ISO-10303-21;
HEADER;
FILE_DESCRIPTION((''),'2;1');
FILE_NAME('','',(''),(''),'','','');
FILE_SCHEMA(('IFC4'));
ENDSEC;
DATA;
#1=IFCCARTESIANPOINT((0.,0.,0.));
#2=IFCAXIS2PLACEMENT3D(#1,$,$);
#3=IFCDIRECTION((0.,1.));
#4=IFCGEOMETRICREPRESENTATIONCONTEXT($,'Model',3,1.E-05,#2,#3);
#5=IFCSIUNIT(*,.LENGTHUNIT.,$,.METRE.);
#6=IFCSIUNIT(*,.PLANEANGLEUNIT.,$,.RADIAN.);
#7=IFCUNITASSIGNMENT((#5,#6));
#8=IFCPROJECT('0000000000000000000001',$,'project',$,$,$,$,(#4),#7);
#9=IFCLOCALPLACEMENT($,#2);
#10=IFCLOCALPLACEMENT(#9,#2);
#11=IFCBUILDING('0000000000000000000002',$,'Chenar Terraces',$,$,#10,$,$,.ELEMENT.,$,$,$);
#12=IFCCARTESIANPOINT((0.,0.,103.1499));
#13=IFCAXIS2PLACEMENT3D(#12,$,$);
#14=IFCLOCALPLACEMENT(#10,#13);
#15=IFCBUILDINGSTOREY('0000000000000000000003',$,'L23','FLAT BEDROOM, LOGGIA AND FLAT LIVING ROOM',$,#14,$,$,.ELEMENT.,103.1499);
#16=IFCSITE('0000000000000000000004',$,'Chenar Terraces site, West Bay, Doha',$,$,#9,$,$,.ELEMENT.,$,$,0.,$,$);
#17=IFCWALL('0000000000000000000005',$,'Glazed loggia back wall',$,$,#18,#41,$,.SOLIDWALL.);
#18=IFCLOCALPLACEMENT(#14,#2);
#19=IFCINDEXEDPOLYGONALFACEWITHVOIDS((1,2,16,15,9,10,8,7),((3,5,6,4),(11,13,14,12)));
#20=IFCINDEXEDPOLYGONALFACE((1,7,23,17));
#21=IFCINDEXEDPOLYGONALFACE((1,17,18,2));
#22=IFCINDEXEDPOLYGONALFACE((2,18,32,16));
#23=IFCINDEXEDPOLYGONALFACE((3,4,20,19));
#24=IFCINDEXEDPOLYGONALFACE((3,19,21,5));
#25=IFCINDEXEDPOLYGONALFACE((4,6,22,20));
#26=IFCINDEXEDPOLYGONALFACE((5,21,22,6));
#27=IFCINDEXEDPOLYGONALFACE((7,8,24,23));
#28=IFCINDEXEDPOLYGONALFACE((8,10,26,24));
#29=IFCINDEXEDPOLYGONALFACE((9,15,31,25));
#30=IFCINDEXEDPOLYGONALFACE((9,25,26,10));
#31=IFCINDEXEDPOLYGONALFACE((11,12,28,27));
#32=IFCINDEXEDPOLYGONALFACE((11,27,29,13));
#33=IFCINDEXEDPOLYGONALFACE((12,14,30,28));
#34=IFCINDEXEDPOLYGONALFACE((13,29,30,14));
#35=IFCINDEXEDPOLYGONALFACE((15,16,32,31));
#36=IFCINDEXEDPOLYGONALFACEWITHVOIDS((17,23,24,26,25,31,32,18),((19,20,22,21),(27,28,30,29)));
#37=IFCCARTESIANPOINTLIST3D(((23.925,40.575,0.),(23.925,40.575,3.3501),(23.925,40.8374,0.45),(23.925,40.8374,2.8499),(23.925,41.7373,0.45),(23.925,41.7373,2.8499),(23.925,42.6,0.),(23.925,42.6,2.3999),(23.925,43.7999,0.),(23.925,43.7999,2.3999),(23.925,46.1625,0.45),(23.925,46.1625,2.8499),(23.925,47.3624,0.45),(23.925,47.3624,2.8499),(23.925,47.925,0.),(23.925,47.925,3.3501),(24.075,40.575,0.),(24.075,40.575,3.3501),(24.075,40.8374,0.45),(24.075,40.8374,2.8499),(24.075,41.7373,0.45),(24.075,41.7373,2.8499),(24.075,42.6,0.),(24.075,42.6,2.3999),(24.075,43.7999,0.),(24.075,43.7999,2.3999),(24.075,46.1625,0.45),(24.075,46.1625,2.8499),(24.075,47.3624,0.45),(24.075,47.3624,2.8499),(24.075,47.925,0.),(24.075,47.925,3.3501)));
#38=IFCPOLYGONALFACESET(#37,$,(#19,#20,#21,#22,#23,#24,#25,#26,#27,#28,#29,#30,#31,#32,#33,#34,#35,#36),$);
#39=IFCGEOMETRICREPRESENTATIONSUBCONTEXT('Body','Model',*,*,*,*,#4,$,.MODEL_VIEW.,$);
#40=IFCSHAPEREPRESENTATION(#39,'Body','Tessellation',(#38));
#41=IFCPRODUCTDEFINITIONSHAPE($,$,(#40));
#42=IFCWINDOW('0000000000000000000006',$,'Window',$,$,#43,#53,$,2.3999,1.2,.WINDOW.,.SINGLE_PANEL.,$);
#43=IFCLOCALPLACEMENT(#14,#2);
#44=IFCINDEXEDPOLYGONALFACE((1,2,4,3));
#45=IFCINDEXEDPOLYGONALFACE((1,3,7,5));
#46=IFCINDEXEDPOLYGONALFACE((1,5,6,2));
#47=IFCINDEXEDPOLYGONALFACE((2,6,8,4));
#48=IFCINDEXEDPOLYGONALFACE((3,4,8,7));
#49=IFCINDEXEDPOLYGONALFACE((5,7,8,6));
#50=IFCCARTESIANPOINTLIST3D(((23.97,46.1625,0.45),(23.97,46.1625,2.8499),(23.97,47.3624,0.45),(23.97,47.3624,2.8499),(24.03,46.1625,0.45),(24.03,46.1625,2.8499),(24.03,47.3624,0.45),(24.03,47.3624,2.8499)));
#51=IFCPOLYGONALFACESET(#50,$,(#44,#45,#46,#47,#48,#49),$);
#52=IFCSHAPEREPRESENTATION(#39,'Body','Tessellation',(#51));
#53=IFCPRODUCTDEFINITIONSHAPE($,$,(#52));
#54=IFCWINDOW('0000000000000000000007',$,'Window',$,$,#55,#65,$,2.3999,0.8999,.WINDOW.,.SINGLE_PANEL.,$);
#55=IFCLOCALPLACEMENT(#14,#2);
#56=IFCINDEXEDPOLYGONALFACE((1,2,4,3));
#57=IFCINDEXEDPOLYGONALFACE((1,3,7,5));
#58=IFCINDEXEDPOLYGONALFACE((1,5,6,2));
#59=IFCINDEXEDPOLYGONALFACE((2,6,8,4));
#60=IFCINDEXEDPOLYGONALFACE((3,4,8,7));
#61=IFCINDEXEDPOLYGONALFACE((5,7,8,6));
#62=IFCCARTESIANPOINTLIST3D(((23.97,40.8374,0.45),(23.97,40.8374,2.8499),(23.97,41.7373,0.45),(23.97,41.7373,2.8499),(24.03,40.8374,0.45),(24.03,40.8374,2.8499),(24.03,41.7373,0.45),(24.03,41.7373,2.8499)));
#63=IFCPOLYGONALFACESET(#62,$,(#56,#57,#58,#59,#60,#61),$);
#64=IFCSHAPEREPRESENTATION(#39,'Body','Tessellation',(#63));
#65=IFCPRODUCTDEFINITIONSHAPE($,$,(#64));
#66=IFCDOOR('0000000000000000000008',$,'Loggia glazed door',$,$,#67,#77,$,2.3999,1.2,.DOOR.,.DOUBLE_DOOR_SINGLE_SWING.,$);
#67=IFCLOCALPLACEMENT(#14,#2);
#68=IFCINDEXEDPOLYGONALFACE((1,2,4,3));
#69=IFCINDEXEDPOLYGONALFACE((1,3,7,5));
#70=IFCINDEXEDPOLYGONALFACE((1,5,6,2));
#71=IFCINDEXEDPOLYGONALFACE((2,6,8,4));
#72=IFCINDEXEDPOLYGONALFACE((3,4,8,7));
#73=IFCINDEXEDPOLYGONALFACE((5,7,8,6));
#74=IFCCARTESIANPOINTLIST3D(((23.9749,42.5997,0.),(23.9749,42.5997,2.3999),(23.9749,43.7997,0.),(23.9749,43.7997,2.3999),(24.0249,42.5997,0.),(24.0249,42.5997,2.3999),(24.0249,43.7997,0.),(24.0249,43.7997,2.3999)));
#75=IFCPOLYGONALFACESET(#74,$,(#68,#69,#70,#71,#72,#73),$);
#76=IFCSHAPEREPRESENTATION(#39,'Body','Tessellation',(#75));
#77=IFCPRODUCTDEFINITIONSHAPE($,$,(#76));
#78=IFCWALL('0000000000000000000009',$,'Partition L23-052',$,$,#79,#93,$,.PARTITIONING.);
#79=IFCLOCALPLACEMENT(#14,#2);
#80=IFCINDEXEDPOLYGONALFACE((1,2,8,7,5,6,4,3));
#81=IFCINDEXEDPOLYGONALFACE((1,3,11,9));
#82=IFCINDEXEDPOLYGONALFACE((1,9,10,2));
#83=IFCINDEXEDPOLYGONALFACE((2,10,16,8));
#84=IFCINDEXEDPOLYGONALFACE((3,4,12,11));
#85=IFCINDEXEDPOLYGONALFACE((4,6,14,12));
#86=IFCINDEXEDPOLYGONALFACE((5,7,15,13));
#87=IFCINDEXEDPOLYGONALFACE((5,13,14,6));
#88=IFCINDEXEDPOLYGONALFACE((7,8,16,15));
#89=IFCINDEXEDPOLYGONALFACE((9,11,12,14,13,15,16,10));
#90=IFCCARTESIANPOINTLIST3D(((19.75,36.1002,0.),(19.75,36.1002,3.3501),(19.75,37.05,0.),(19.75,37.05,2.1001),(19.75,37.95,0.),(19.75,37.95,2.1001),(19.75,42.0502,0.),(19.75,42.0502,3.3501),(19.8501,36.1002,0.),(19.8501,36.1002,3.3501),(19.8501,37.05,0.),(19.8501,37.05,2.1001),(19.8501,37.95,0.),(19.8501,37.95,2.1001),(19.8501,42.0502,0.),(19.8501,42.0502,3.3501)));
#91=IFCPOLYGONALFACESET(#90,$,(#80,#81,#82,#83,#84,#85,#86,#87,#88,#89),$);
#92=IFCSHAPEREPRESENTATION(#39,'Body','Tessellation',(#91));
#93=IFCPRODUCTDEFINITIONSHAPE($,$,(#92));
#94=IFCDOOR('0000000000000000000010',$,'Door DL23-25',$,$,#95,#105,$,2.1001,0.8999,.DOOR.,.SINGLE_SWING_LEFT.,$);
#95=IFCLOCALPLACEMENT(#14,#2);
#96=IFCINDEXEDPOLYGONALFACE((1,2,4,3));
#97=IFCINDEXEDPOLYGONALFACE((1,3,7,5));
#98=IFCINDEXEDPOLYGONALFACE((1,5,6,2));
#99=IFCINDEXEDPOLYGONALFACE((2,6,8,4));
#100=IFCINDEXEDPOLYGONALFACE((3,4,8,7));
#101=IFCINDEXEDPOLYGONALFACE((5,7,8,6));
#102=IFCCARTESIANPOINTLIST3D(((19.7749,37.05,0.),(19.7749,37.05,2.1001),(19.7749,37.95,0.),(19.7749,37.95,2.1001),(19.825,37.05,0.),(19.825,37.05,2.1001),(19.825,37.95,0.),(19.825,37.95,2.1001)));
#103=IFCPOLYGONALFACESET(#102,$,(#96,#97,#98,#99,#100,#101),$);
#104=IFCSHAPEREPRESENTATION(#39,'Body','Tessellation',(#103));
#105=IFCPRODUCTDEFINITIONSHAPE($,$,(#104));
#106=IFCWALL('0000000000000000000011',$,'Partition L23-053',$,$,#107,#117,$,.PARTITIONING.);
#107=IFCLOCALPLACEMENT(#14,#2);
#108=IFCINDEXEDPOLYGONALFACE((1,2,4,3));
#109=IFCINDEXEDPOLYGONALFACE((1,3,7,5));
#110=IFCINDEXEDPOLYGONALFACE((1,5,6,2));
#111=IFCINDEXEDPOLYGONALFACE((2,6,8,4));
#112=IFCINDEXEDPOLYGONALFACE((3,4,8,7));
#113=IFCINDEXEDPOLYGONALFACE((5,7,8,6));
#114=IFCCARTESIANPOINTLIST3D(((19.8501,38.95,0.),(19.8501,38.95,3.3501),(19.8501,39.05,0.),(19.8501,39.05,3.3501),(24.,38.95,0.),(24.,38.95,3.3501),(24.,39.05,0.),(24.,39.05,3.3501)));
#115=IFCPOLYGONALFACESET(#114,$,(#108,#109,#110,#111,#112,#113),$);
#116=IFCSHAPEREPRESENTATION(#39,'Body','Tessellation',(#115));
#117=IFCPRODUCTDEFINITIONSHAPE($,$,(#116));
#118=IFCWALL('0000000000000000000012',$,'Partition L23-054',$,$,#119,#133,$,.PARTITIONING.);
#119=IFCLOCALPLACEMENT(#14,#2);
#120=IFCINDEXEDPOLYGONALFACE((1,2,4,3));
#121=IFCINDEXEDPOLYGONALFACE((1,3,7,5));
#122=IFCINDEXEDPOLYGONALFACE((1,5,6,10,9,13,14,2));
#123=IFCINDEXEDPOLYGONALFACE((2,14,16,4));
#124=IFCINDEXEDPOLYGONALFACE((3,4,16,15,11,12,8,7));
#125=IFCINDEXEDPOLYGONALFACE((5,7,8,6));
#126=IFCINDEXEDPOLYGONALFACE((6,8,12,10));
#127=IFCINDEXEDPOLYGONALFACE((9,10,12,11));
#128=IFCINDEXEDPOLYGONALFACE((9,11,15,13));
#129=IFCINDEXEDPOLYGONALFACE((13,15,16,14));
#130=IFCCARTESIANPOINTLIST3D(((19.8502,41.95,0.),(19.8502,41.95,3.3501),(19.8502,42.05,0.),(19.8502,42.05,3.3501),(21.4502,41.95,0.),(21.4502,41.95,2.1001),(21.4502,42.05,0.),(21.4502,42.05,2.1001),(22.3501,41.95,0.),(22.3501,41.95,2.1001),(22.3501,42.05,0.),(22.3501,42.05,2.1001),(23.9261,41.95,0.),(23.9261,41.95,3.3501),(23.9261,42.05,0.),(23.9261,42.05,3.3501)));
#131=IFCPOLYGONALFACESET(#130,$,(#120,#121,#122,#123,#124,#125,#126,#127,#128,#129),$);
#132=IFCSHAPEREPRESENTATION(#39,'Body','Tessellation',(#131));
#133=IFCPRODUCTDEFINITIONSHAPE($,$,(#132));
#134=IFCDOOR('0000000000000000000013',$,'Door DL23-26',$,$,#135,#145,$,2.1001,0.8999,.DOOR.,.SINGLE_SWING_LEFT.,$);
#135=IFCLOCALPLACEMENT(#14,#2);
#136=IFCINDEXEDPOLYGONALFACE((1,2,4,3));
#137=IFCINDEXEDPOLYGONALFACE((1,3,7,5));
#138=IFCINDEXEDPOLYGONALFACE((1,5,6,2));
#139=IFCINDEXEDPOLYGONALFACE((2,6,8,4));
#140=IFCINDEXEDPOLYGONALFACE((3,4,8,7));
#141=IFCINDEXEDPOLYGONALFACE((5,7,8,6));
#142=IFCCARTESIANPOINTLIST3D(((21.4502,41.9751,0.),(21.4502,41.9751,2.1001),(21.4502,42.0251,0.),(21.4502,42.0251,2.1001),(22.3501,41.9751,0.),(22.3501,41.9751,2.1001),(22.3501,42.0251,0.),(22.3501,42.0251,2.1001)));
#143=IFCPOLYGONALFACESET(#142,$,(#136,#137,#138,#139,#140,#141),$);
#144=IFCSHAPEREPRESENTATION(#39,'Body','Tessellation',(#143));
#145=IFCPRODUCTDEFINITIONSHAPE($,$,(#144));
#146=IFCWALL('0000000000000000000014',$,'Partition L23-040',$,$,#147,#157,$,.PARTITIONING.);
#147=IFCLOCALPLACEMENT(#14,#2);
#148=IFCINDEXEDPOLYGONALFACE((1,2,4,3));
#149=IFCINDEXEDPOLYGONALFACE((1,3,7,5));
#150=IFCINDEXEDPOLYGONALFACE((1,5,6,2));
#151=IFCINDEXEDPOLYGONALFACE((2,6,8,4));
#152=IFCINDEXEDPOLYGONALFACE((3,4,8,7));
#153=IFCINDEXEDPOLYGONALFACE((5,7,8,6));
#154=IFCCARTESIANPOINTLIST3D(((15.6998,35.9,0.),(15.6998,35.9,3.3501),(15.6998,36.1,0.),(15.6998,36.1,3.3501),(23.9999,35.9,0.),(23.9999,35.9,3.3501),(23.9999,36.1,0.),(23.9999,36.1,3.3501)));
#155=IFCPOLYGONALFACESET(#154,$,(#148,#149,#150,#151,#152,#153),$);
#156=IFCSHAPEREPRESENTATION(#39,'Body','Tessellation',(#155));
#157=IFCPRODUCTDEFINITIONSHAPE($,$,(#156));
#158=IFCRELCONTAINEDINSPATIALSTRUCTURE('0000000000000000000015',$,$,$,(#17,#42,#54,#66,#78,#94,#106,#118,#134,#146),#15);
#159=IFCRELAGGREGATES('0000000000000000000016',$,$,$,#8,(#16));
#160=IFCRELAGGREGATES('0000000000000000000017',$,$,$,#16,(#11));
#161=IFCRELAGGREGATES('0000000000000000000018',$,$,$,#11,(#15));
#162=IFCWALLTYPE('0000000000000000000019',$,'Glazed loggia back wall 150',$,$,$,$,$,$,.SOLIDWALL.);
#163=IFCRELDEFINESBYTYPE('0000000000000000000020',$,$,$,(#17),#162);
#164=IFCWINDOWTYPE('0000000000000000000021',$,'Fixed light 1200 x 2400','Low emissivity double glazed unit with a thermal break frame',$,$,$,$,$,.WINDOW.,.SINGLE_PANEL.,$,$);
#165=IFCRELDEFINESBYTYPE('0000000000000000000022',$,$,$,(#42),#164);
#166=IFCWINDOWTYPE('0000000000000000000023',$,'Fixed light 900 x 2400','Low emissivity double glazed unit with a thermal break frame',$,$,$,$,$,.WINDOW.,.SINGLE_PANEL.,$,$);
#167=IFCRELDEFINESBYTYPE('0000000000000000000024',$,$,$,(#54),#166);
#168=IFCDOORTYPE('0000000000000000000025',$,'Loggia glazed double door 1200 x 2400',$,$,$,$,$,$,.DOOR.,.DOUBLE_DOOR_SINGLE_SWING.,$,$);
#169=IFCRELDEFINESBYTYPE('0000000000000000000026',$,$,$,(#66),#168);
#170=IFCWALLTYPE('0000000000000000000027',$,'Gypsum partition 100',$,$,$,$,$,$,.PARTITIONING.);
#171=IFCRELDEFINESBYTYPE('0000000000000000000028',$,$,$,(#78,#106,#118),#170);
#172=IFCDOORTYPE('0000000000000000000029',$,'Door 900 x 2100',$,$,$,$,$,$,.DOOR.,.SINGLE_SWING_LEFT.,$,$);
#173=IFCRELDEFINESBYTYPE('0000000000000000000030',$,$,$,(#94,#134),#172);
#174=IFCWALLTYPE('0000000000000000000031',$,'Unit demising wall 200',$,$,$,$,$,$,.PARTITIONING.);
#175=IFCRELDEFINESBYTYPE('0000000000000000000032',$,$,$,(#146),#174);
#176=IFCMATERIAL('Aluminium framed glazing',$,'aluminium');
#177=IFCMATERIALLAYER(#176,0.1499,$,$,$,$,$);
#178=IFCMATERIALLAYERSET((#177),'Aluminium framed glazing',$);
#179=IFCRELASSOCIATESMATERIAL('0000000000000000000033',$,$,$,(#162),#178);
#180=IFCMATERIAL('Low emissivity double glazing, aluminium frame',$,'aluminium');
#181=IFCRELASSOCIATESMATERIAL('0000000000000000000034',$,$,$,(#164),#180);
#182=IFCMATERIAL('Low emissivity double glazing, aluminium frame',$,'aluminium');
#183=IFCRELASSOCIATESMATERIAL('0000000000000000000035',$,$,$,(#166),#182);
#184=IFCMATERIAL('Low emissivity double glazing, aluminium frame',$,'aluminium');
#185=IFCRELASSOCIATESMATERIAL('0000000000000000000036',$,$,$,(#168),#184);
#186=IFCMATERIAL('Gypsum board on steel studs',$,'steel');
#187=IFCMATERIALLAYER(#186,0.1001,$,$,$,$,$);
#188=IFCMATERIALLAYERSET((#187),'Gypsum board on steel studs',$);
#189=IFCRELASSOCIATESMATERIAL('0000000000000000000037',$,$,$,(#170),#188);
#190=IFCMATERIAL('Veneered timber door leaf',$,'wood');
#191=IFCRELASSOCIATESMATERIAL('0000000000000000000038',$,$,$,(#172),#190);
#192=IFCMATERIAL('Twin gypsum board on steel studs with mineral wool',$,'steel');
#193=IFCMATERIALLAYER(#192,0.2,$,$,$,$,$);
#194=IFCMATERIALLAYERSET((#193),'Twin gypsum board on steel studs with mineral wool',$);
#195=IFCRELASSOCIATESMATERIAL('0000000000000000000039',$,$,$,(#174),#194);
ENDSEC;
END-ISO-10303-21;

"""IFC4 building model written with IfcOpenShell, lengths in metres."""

from ifc_helpers import new_model, si_unit, direction, frame, frame_2d, origin, place, context, subcontext, project, spatial, rectangle, extrude, material, layer, layer_set, type_object, element, fill, save


model = new_model("IFC4")

# Units and contexts
model_context = context("Model", 3, precision=1e-05, world=origin(), true_north=direction((0.0, 1.0)))
body_context = subcontext(model_context, "Body", "Model", "MODEL_VIEW")
ifc_project = project(units=[si_unit("LENGTHUNIT", "METRE"), si_unit("PLANEANGLEUNIT", "RADIAN")], contexts=[model_context])

# Site, building, storey
site_placement = place(None, origin())
site = spatial("IfcSite", under=ifc_project, at=site_placement, Name="Chenar Terraces site, West Bay, Doha", CompositionType="ELEMENT", RefElevation=0.0)
building_placement = place(site_placement, origin())
building = spatial("IfcBuilding", under=site, at=building_placement, Name="Chenar Terraces", CompositionType="ELEMENT")
storey_placement = place(building_placement, frame((0.0, 0.0, 103.1499)))
storey = spatial("IfcBuildingStorey", under=building, at=storey_placement, Name="L23", Description="FLAT BEDROOM, LOGGIA AND FLAT LIVING ROOM", CompositionType="ELEMENT", Elevation=103.1499)

# Wall, openings, windows, door
ifc_material_1 = material(Name="Aluminium framed glazing", Category="aluminium")
ifc_layer_1 = layer(ifc_material_1, 0.1499)
ifc_layer_set_1 = layer_set([ifc_layer_1], Name="Aluminium framed glazing")
wall_type_1 = type_object("IfcWallType", Name="Glazed loggia back wall 150", PredefinedType="SOLIDWALL", material=ifc_layer_set_1)
wall_1_placement = place(storey_placement, frame((24.0, 40.575, 0.0), z_axis=(0.0, 0.0, 1.0), x_axis=(0.0, 1.0, 0.0)))
wall_1 = element("IfcWall", 1, at=wall_1_placement, inside=storey, type_object=wall_type_1, Name="Glazed loggia back wall", PredefinedType="SOLIDWALL", context=body_context, shape_type="SweptSolid", body=[
    extrude(rectangle(XDim=7.3501, YDim=0.1499, at=frame_2d((3.675, 0.0))), origin(), (0.0, 0.0, 1.0), 3.3501),
])
opening_1_placement = place(wall_1_placement, frame((0.2625, 0.0, 0.45)))
opening_1 = element("IfcOpeningElement", 2, at=opening_1_placement, cuts=wall_1, PredefinedType="OPENING", context=body_context, shape_type="SweptSolid", body=[
    extrude(rectangle(XDim=0.8999, YDim=2.3999, at=frame_2d((0.45, 1.2))), frame((0.0, 0.085, 0.0), z_axis=(0.0, -1.0, 0.0), x_axis=(1.0, 0.0, 0.0)), (0.0, 0.0, 1.0), 0.1699),
])
opening_2_placement = place(wall_1_placement, frame((2.0249, 0.0, 0.0)))
opening_2 = element("IfcOpeningElement", 3, at=opening_2_placement, cuts=wall_1, PredefinedType="OPENING", context=body_context, shape_type="SweptSolid", body=[
    extrude(rectangle(XDim=1.2, YDim=2.3999, at=frame_2d((0.6001, 1.2))), frame((0.0, 0.085, 0.0), z_axis=(0.0, -1.0, 0.0), x_axis=(1.0, 0.0, 0.0)), (0.0, 0.0, 1.0), 0.1699),
])
opening_3_placement = place(wall_1_placement, frame((5.5874, 0.0, 0.45)))
opening_3 = element("IfcOpeningElement", 4, at=opening_3_placement, cuts=wall_1, PredefinedType="OPENING", context=body_context, shape_type="SweptSolid", body=[
    extrude(rectangle(XDim=1.2, YDim=2.3999, at=frame_2d((0.6001, 1.2))), frame((0.0, 0.085, 0.0), z_axis=(0.0, -1.0, 0.0), x_axis=(1.0, 0.0, 0.0)), (0.0, 0.0, 1.0), 0.1699),
])
ifc_material_2 = material(Name="Low emissivity double glazing, aluminium frame", Category="aluminium")
window_type_1 = type_object("IfcWindowType", Name="Fixed light 1200 x 2400", Description="Low emissivity double glazed unit with a thermal break frame", PartitioningType="SINGLE_PANEL", PredefinedType="WINDOW", material=ifc_material_2)
window_1_placement = place(opening_3_placement, origin())
window_1 = element("IfcWindow", 5, at=window_1_placement, inside=storey, type_object=window_type_1, Name="Window", OverallHeight=2.3999, OverallWidth=1.2, PartitioningType="SINGLE_PANEL", PredefinedType="WINDOW", context=body_context, shape_type="SweptSolid", body=[
    extrude(rectangle(XDim=1.2, YDim=2.3999, at=frame_2d((0.6001, 1.2))), frame((0.0, 0.03, 0.0), z_axis=(0.0, -1.0, 0.0), x_axis=(1.0, 0.0, 0.0)), (0.0, 0.0, 1.0), 0.0601),
])
fill(opening_3, window_1)
ifc_material_3 = material(Name="Low emissivity double glazing, aluminium frame", Category="aluminium")
window_type_2 = type_object("IfcWindowType", Name="Fixed light 900 x 2400", Description="Low emissivity double glazed unit with a thermal break frame", PartitioningType="SINGLE_PANEL", PredefinedType="WINDOW", material=ifc_material_3)
window_2_placement = place(opening_1_placement, origin())
window_2 = element("IfcWindow", 6, at=window_2_placement, inside=storey, type_object=window_type_2, Name="Window", OverallHeight=2.3999, OverallWidth=0.8999, PartitioningType="SINGLE_PANEL", PredefinedType="WINDOW", context=body_context, shape_type="SweptSolid", body=[
    extrude(rectangle(XDim=0.8999, YDim=2.3999, at=frame_2d((0.45, 1.2))), frame((0.0, 0.03, 0.0), z_axis=(0.0, -1.0, 0.0), x_axis=(1.0, 0.0, 0.0)), (0.0, 0.0, 1.0), 0.0601),
])
fill(opening_1, window_2)
ifc_material_4 = material(Name="Low emissivity double glazing, aluminium frame", Category="aluminium")
door_type_1 = type_object("IfcDoorType", Name="Loggia glazed double door 1200 x 2400", OperationType="DOUBLE_DOOR_SINGLE_SWING", PredefinedType="DOOR", material=ifc_material_4)
door_1_placement = place(opening_2_placement, frame((1.2, 0.0, 0.0), z_axis=(0.0, 0.0, 1.0), x_axis=(-1.0, 0.0, 0.0)))
door_1 = element("IfcDoor", 7, at=door_1_placement, inside=storey, type_object=door_type_1, Name="Loggia glazed door", OperationType="DOUBLE_DOOR_SINGLE_SWING", OverallHeight=2.3999, OverallWidth=1.2, PredefinedType="DOOR", context=body_context, shape_type="SweptSolid", body=[
    extrude(rectangle(XDim=1.2, YDim=2.3999, at=frame_2d((0.6001, 1.2))), frame((0.0, 0.0249, 0.0), z_axis=(0.0, -1.0, 0.0), x_axis=(1.0, 0.0, 0.0)), (0.0, 0.0, 1.0), 0.05),
])
fill(opening_2, door_1)

# Wall, opening, door
ifc_material_5 = material(Name="Gypsum board on steel studs", Category="steel")
ifc_layer_2 = layer(ifc_material_5, 0.1001)
ifc_layer_set_2 = layer_set([ifc_layer_2], Name="Gypsum board on steel studs")
wall_type_2 = type_object("IfcWallType", Name="Gypsum partition 100", PredefinedType="PARTITIONING", material=ifc_layer_set_2)
wall_2_placement = place(storey_placement, frame((19.8, 36.1001, 0.0), z_axis=(0.0, 0.0, 1.0), x_axis=(0.0, 1.0, 0.0)))
wall_2 = element("IfcWall", 8, at=wall_2_placement, inside=storey, type_object=wall_type_2, Name="Partition L23-052", PredefinedType="PARTITIONING", context=body_context, shape_type="SweptSolid", body=[
    extrude(rectangle(XDim=5.95, YDim=0.1001, at=frame_2d((2.9751, 0.0))), origin(), (0.0, 0.0, 1.0), 3.3501),
])
opening_4_placement = place(wall_2_placement, frame((0.95, 0.0, 0.0)))
opening_4 = element("IfcOpeningElement", 9, at=opening_4_placement, cuts=wall_2, PredefinedType="OPENING", context=body_context, shape_type="SweptSolid", body=[
    extrude(rectangle(XDim=0.8999, YDim=2.1001, at=frame_2d((0.45, 1.05))), frame((0.0, 0.0601, 0.0), z_axis=(0.0, -1.0, 0.0), x_axis=(1.0, 0.0, 0.0)), (0.0, 0.0, 1.0), 0.1201),
])
ifc_material_6 = material(Name="Veneered timber door leaf", Category="wood")
door_type_2 = type_object("IfcDoorType", Name="Door 900 x 2100", OperationType="SINGLE_SWING_LEFT", PredefinedType="DOOR", material=ifc_material_6)
door_2_placement = place(opening_4_placement, frame((0.8999, 0.0, 0.0), z_axis=(0.0, 0.0, 1.0), x_axis=(-1.0, 0.0, 0.0)))
door_2 = element("IfcDoor", 10, at=door_2_placement, inside=storey, type_object=door_type_2, Name="Door DL23-25", OperationType="SINGLE_SWING_LEFT", OverallHeight=2.1001, OverallWidth=0.8999, PredefinedType="DOOR", context=body_context, shape_type="SweptSolid", body=[
    extrude(rectangle(XDim=0.8999, YDim=2.1001, at=frame_2d((0.45, 1.05))), frame((0.0, 0.0249, 0.0), z_axis=(0.0, -1.0, 0.0), x_axis=(1.0, 0.0, 0.0)), (0.0, 0.0, 1.0), 0.05),
])
fill(opening_4, door_2)

# Wall
wall_3_placement = place(storey_placement, frame((19.8501, 39.0, 0.0), z_axis=(0.0, 0.0, 1.0), x_axis=(1.0, 0.0, 0.0)))
element("IfcWall", 11, at=wall_3_placement, inside=storey, type_object=wall_type_2, Name="Partition L23-053", PredefinedType="PARTITIONING", context=body_context, shape_type="SweptSolid", body=[
    extrude(rectangle(XDim=4.1499, YDim=0.1001, at=frame_2d((2.075, 0.0))), origin(), (0.0, 0.0, 1.0), 3.3501),
])

# Wall, opening, door
wall_4_placement = place(storey_placement, frame((19.8501, 42.0, 0.0), z_axis=(0.0, 0.0, 1.0), x_axis=(1.0, 0.0, 0.0)))
wall_4 = element("IfcWall", 12, at=wall_4_placement, inside=storey, type_object=wall_type_2, Name="Partition L23-054", PredefinedType="PARTITIONING", context=body_context, shape_type="SweptSolid", body=[
    extrude(rectangle(XDim=4.0759, YDim=0.1001, at=frame_2d((2.0381, 0.0))), origin(), (0.0, 0.0, 1.0), 3.3501),
])
opening_5_placement = place(wall_4_placement, frame((1.6001, 0.0, 0.0)))
opening_5 = element("IfcOpeningElement", 13, at=opening_5_placement, cuts=wall_4, PredefinedType="OPENING", context=body_context, shape_type="SweptSolid", body=[
    extrude(rectangle(XDim=0.8999, YDim=2.1001, at=frame_2d((0.45, 1.05))), frame((0.0, 0.0601, 0.0), z_axis=(0.0, -1.0, 0.0), x_axis=(1.0, 0.0, 0.0)), (0.0, 0.0, 1.0), 0.1201),
])
door_3_placement = place(opening_5_placement, frame((0.8999, 0.0, 0.0), z_axis=(0.0, 0.0, 1.0), x_axis=(-1.0, 0.0, 0.0)))
door_3 = element("IfcDoor", 14, at=door_3_placement, inside=storey, type_object=door_type_2, Name="Door DL23-26", OperationType="SINGLE_SWING_LEFT", OverallHeight=2.1001, OverallWidth=0.8999, PredefinedType="DOOR", context=body_context, shape_type="SweptSolid", body=[
    extrude(rectangle(XDim=0.8999, YDim=2.1001, at=frame_2d((0.45, 1.05))), frame((0.0, 0.0249, 0.0), z_axis=(0.0, -1.0, 0.0), x_axis=(1.0, 0.0, 0.0)), (0.0, 0.0, 1.0), 0.05),
])
fill(opening_5, door_3)

# Wall
ifc_material_7 = material(Name="Twin gypsum board on steel studs with mineral wool", Category="steel")
ifc_layer_3 = layer(ifc_material_7, 0.2)
ifc_layer_set_3 = layer_set([ifc_layer_3], Name="Twin gypsum board on steel studs with mineral wool")
wall_type_3 = type_object("IfcWallType", Name="Unit demising wall 200", PredefinedType="PARTITIONING", material=ifc_layer_set_3)
wall_5_placement = place(storey_placement, frame((15.7, 36.0, 0.0), z_axis=(0.0, 0.0, 1.0), x_axis=(1.0, 0.0, 0.0)))
element("IfcWall", 15, at=wall_5_placement, inside=storey, type_object=wall_type_3, Name="Partition L23-040", PredefinedType="PARTITIONING", context=body_context, shape_type="SweptSolid", body=[
    extrude(rectangle(XDim=8.3, YDim=0.2, at=frame_2d((4.1499, 0.0))), origin(), (0.0, 0.0, 1.0), 3.3501),
])

save(model, "model.ifc")
